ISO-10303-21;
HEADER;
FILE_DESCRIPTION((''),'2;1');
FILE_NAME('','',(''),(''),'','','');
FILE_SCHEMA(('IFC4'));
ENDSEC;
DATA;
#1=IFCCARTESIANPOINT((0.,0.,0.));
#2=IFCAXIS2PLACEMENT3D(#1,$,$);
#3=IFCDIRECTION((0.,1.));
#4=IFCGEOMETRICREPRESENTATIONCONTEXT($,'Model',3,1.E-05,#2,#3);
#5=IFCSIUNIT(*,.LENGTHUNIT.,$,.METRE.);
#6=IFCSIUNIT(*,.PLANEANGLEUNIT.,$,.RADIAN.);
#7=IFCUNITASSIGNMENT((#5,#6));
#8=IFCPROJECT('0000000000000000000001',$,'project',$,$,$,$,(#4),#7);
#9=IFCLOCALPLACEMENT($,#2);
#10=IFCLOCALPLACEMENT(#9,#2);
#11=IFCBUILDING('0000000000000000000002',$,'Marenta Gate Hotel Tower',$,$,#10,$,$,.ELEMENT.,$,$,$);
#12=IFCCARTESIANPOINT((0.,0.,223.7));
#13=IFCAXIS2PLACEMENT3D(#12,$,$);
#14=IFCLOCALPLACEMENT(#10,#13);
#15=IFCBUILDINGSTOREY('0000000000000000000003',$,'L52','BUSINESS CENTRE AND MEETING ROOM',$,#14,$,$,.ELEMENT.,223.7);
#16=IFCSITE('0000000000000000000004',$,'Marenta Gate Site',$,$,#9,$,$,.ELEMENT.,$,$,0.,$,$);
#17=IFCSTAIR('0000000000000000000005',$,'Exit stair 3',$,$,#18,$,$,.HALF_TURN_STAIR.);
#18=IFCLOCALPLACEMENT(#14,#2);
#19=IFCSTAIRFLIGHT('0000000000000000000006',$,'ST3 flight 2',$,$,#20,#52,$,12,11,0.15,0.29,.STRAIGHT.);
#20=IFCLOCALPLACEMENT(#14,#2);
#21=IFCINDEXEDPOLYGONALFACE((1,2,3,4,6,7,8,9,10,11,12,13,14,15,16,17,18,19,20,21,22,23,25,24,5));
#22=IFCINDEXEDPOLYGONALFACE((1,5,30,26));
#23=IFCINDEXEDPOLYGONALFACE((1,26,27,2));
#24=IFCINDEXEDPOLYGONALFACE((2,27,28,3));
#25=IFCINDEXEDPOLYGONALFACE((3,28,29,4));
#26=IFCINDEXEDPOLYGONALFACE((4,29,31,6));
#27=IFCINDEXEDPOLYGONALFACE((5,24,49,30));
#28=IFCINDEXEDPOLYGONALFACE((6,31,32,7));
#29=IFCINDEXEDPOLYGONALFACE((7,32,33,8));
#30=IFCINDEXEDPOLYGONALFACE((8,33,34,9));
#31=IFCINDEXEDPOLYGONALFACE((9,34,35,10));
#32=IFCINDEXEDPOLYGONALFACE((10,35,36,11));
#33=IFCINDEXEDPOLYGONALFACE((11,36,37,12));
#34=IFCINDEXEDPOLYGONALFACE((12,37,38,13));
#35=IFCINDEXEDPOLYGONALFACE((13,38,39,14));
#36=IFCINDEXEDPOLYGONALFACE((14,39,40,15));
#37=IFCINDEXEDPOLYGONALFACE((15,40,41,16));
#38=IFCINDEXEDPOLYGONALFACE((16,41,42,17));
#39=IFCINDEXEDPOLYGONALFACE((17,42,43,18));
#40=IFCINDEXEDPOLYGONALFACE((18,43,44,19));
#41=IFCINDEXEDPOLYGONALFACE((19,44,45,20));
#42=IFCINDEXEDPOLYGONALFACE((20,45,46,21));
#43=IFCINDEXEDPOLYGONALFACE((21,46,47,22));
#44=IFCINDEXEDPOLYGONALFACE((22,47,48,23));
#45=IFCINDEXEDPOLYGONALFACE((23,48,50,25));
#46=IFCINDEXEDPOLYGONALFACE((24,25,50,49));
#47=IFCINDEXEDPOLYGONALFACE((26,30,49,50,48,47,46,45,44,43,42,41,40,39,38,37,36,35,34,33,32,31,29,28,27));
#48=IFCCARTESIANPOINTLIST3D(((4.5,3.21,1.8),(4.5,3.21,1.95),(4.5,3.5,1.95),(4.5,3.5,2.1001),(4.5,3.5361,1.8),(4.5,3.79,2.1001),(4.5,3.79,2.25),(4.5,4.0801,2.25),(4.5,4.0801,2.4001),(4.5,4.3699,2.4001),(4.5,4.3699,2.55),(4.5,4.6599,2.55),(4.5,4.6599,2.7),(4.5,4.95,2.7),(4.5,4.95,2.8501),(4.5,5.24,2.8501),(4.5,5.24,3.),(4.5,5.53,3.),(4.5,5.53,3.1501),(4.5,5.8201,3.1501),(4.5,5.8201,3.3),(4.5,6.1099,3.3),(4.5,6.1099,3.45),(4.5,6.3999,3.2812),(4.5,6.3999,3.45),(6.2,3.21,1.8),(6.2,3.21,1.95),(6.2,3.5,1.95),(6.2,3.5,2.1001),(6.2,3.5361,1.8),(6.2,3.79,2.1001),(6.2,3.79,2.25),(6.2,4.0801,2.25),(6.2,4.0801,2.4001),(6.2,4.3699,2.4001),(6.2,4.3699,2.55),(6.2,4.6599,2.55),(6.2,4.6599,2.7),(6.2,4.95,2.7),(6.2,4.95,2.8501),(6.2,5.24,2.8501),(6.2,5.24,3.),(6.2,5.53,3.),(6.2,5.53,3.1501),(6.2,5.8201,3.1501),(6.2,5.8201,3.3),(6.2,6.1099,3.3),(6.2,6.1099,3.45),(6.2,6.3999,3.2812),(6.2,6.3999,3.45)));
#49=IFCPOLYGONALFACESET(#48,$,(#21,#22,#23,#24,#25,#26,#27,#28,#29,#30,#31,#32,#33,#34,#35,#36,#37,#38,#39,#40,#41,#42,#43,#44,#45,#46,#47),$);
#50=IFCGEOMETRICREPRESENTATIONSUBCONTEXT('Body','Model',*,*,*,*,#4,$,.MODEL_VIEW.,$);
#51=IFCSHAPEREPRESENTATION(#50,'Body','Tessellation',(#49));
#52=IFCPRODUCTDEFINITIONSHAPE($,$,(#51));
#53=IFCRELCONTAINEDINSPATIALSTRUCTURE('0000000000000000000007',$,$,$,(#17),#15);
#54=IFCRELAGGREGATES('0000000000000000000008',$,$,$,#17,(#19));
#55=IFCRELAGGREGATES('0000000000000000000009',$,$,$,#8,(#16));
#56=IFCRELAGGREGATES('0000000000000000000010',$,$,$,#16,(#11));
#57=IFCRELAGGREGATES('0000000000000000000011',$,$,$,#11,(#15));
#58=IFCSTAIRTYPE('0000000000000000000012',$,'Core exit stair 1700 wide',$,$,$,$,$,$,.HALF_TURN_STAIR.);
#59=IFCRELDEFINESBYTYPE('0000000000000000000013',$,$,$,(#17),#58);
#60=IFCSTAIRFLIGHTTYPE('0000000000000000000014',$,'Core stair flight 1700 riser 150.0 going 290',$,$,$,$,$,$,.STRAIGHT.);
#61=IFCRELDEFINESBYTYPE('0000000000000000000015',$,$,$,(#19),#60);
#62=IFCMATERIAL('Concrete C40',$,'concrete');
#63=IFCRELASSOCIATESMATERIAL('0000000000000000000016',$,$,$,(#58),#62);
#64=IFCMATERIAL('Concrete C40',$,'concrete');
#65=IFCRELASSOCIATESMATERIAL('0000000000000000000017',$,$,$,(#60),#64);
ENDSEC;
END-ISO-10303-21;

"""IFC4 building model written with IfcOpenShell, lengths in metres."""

from ifc_helpers import new_model, si_unit, direction, frame, origin, place, context, subcontext, project, spatial, polyline, outline, extrude, material, type_object, element, aggregate, save


model = new_model("IFC4")

# Units and contexts
model_context = context("Model", 3, precision=1e-05, world=origin(), true_north=direction((0.0, 1.0)))
body_context = subcontext(model_context, "Body", "Model", "MODEL_VIEW")
ifc_project = project(units=[si_unit("LENGTHUNIT", "METRE"), si_unit("PLANEANGLEUNIT", "RADIAN")], contexts=[model_context])

# Site, building, storey
site_placement = place(None, origin())
site = spatial("IfcSite", under=ifc_project, at=site_placement, Name="Marenta Gate Site", CompositionType="ELEMENT", RefElevation=0.0)
building_placement = place(site_placement, origin())
building = spatial("IfcBuilding", under=site, at=building_placement, Name="Marenta Gate Hotel Tower", CompositionType="ELEMENT")
storey_placement = place(building_placement, frame((0.0, 0.0, 223.7)))
storey = spatial("IfcBuildingStorey", under=building, at=storey_placement, Name="L52", Description="BUSINESS CENTRE AND MEETING ROOM", CompositionType="ELEMENT", Elevation=223.7)

# Stair
ifc_material_1 = material(Name="Concrete C40", Category="concrete")
stair_type_1 = type_object("IfcStairType", Name="Core exit stair 1700 wide", PredefinedType="HALF_TURN_STAIR", material=ifc_material_1)
stair_1_placement = place(storey_placement, origin())
stair_1 = element("IfcStair", 1, at=stair_1_placement, inside=storey, type_object=stair_type_1, Name="Exit stair 3", PredefinedType="HALF_TURN_STAIR")

# Stair flight
ifc_material_2 = material(Name="Concrete C40", Category="concrete")
stair_flight_type = type_object("IfcStairFlightType", Name="Core stair flight 1700 riser 150.0 going 290", PredefinedType="STRAIGHT", material=ifc_material_2)
stair_flight_1_placement = place(storey_placement, frame((5.3501, 3.21, 1.8), z_axis=(0.0, 0.0, 1.0), x_axis=(0.0, 1.0, 0.0)))
stair_flight_1 = element("IfcStairFlight", 2, at=stair_flight_1_placement, type_object=stair_flight_type, Name="ST3 flight 2", NumberOfRisers=12, NumberOfTreads=11, PredefinedType="STRAIGHT", RiserHeight=0.15, TreadLength=0.29, context=body_context, shape_type="SweptSolid", body=[
    extrude(outline(polyline([(0.0, 0.0), (0.0, 0.1499), (0.29, 0.1499), (0.29, 0.3), (0.5801, 0.3), (0.5801, 0.45), (0.8701, 0.45), (0.8701, 0.6001), (1.1599, 0.6001), (1.1599, 0.75), (1.45, 0.75), (1.45, 0.8999), (1.74, 0.8999), (1.74, 1.05), (2.03, 1.05), (2.03, 1.2), (2.3201, 1.2), (2.3201, 1.3501), (2.6101, 1.3501), (2.6101, 1.5), (2.8999, 1.5), (2.8999, 1.6499), (3.1899, 1.6499), (3.1899, 1.8), (3.1899, 1.4812), (0.3262, 0.0), (0.0, 0.0)])), frame((0.0, 0.8501, 0.0), z_axis=(0.0, -1.0, 0.0), x_axis=(1.0, 0.0, 0.0)), (0.0, 0.0, 1.0), 1.7),
])
aggregate(stair_1, [stair_flight_1])

save(model, "model.ifc")
